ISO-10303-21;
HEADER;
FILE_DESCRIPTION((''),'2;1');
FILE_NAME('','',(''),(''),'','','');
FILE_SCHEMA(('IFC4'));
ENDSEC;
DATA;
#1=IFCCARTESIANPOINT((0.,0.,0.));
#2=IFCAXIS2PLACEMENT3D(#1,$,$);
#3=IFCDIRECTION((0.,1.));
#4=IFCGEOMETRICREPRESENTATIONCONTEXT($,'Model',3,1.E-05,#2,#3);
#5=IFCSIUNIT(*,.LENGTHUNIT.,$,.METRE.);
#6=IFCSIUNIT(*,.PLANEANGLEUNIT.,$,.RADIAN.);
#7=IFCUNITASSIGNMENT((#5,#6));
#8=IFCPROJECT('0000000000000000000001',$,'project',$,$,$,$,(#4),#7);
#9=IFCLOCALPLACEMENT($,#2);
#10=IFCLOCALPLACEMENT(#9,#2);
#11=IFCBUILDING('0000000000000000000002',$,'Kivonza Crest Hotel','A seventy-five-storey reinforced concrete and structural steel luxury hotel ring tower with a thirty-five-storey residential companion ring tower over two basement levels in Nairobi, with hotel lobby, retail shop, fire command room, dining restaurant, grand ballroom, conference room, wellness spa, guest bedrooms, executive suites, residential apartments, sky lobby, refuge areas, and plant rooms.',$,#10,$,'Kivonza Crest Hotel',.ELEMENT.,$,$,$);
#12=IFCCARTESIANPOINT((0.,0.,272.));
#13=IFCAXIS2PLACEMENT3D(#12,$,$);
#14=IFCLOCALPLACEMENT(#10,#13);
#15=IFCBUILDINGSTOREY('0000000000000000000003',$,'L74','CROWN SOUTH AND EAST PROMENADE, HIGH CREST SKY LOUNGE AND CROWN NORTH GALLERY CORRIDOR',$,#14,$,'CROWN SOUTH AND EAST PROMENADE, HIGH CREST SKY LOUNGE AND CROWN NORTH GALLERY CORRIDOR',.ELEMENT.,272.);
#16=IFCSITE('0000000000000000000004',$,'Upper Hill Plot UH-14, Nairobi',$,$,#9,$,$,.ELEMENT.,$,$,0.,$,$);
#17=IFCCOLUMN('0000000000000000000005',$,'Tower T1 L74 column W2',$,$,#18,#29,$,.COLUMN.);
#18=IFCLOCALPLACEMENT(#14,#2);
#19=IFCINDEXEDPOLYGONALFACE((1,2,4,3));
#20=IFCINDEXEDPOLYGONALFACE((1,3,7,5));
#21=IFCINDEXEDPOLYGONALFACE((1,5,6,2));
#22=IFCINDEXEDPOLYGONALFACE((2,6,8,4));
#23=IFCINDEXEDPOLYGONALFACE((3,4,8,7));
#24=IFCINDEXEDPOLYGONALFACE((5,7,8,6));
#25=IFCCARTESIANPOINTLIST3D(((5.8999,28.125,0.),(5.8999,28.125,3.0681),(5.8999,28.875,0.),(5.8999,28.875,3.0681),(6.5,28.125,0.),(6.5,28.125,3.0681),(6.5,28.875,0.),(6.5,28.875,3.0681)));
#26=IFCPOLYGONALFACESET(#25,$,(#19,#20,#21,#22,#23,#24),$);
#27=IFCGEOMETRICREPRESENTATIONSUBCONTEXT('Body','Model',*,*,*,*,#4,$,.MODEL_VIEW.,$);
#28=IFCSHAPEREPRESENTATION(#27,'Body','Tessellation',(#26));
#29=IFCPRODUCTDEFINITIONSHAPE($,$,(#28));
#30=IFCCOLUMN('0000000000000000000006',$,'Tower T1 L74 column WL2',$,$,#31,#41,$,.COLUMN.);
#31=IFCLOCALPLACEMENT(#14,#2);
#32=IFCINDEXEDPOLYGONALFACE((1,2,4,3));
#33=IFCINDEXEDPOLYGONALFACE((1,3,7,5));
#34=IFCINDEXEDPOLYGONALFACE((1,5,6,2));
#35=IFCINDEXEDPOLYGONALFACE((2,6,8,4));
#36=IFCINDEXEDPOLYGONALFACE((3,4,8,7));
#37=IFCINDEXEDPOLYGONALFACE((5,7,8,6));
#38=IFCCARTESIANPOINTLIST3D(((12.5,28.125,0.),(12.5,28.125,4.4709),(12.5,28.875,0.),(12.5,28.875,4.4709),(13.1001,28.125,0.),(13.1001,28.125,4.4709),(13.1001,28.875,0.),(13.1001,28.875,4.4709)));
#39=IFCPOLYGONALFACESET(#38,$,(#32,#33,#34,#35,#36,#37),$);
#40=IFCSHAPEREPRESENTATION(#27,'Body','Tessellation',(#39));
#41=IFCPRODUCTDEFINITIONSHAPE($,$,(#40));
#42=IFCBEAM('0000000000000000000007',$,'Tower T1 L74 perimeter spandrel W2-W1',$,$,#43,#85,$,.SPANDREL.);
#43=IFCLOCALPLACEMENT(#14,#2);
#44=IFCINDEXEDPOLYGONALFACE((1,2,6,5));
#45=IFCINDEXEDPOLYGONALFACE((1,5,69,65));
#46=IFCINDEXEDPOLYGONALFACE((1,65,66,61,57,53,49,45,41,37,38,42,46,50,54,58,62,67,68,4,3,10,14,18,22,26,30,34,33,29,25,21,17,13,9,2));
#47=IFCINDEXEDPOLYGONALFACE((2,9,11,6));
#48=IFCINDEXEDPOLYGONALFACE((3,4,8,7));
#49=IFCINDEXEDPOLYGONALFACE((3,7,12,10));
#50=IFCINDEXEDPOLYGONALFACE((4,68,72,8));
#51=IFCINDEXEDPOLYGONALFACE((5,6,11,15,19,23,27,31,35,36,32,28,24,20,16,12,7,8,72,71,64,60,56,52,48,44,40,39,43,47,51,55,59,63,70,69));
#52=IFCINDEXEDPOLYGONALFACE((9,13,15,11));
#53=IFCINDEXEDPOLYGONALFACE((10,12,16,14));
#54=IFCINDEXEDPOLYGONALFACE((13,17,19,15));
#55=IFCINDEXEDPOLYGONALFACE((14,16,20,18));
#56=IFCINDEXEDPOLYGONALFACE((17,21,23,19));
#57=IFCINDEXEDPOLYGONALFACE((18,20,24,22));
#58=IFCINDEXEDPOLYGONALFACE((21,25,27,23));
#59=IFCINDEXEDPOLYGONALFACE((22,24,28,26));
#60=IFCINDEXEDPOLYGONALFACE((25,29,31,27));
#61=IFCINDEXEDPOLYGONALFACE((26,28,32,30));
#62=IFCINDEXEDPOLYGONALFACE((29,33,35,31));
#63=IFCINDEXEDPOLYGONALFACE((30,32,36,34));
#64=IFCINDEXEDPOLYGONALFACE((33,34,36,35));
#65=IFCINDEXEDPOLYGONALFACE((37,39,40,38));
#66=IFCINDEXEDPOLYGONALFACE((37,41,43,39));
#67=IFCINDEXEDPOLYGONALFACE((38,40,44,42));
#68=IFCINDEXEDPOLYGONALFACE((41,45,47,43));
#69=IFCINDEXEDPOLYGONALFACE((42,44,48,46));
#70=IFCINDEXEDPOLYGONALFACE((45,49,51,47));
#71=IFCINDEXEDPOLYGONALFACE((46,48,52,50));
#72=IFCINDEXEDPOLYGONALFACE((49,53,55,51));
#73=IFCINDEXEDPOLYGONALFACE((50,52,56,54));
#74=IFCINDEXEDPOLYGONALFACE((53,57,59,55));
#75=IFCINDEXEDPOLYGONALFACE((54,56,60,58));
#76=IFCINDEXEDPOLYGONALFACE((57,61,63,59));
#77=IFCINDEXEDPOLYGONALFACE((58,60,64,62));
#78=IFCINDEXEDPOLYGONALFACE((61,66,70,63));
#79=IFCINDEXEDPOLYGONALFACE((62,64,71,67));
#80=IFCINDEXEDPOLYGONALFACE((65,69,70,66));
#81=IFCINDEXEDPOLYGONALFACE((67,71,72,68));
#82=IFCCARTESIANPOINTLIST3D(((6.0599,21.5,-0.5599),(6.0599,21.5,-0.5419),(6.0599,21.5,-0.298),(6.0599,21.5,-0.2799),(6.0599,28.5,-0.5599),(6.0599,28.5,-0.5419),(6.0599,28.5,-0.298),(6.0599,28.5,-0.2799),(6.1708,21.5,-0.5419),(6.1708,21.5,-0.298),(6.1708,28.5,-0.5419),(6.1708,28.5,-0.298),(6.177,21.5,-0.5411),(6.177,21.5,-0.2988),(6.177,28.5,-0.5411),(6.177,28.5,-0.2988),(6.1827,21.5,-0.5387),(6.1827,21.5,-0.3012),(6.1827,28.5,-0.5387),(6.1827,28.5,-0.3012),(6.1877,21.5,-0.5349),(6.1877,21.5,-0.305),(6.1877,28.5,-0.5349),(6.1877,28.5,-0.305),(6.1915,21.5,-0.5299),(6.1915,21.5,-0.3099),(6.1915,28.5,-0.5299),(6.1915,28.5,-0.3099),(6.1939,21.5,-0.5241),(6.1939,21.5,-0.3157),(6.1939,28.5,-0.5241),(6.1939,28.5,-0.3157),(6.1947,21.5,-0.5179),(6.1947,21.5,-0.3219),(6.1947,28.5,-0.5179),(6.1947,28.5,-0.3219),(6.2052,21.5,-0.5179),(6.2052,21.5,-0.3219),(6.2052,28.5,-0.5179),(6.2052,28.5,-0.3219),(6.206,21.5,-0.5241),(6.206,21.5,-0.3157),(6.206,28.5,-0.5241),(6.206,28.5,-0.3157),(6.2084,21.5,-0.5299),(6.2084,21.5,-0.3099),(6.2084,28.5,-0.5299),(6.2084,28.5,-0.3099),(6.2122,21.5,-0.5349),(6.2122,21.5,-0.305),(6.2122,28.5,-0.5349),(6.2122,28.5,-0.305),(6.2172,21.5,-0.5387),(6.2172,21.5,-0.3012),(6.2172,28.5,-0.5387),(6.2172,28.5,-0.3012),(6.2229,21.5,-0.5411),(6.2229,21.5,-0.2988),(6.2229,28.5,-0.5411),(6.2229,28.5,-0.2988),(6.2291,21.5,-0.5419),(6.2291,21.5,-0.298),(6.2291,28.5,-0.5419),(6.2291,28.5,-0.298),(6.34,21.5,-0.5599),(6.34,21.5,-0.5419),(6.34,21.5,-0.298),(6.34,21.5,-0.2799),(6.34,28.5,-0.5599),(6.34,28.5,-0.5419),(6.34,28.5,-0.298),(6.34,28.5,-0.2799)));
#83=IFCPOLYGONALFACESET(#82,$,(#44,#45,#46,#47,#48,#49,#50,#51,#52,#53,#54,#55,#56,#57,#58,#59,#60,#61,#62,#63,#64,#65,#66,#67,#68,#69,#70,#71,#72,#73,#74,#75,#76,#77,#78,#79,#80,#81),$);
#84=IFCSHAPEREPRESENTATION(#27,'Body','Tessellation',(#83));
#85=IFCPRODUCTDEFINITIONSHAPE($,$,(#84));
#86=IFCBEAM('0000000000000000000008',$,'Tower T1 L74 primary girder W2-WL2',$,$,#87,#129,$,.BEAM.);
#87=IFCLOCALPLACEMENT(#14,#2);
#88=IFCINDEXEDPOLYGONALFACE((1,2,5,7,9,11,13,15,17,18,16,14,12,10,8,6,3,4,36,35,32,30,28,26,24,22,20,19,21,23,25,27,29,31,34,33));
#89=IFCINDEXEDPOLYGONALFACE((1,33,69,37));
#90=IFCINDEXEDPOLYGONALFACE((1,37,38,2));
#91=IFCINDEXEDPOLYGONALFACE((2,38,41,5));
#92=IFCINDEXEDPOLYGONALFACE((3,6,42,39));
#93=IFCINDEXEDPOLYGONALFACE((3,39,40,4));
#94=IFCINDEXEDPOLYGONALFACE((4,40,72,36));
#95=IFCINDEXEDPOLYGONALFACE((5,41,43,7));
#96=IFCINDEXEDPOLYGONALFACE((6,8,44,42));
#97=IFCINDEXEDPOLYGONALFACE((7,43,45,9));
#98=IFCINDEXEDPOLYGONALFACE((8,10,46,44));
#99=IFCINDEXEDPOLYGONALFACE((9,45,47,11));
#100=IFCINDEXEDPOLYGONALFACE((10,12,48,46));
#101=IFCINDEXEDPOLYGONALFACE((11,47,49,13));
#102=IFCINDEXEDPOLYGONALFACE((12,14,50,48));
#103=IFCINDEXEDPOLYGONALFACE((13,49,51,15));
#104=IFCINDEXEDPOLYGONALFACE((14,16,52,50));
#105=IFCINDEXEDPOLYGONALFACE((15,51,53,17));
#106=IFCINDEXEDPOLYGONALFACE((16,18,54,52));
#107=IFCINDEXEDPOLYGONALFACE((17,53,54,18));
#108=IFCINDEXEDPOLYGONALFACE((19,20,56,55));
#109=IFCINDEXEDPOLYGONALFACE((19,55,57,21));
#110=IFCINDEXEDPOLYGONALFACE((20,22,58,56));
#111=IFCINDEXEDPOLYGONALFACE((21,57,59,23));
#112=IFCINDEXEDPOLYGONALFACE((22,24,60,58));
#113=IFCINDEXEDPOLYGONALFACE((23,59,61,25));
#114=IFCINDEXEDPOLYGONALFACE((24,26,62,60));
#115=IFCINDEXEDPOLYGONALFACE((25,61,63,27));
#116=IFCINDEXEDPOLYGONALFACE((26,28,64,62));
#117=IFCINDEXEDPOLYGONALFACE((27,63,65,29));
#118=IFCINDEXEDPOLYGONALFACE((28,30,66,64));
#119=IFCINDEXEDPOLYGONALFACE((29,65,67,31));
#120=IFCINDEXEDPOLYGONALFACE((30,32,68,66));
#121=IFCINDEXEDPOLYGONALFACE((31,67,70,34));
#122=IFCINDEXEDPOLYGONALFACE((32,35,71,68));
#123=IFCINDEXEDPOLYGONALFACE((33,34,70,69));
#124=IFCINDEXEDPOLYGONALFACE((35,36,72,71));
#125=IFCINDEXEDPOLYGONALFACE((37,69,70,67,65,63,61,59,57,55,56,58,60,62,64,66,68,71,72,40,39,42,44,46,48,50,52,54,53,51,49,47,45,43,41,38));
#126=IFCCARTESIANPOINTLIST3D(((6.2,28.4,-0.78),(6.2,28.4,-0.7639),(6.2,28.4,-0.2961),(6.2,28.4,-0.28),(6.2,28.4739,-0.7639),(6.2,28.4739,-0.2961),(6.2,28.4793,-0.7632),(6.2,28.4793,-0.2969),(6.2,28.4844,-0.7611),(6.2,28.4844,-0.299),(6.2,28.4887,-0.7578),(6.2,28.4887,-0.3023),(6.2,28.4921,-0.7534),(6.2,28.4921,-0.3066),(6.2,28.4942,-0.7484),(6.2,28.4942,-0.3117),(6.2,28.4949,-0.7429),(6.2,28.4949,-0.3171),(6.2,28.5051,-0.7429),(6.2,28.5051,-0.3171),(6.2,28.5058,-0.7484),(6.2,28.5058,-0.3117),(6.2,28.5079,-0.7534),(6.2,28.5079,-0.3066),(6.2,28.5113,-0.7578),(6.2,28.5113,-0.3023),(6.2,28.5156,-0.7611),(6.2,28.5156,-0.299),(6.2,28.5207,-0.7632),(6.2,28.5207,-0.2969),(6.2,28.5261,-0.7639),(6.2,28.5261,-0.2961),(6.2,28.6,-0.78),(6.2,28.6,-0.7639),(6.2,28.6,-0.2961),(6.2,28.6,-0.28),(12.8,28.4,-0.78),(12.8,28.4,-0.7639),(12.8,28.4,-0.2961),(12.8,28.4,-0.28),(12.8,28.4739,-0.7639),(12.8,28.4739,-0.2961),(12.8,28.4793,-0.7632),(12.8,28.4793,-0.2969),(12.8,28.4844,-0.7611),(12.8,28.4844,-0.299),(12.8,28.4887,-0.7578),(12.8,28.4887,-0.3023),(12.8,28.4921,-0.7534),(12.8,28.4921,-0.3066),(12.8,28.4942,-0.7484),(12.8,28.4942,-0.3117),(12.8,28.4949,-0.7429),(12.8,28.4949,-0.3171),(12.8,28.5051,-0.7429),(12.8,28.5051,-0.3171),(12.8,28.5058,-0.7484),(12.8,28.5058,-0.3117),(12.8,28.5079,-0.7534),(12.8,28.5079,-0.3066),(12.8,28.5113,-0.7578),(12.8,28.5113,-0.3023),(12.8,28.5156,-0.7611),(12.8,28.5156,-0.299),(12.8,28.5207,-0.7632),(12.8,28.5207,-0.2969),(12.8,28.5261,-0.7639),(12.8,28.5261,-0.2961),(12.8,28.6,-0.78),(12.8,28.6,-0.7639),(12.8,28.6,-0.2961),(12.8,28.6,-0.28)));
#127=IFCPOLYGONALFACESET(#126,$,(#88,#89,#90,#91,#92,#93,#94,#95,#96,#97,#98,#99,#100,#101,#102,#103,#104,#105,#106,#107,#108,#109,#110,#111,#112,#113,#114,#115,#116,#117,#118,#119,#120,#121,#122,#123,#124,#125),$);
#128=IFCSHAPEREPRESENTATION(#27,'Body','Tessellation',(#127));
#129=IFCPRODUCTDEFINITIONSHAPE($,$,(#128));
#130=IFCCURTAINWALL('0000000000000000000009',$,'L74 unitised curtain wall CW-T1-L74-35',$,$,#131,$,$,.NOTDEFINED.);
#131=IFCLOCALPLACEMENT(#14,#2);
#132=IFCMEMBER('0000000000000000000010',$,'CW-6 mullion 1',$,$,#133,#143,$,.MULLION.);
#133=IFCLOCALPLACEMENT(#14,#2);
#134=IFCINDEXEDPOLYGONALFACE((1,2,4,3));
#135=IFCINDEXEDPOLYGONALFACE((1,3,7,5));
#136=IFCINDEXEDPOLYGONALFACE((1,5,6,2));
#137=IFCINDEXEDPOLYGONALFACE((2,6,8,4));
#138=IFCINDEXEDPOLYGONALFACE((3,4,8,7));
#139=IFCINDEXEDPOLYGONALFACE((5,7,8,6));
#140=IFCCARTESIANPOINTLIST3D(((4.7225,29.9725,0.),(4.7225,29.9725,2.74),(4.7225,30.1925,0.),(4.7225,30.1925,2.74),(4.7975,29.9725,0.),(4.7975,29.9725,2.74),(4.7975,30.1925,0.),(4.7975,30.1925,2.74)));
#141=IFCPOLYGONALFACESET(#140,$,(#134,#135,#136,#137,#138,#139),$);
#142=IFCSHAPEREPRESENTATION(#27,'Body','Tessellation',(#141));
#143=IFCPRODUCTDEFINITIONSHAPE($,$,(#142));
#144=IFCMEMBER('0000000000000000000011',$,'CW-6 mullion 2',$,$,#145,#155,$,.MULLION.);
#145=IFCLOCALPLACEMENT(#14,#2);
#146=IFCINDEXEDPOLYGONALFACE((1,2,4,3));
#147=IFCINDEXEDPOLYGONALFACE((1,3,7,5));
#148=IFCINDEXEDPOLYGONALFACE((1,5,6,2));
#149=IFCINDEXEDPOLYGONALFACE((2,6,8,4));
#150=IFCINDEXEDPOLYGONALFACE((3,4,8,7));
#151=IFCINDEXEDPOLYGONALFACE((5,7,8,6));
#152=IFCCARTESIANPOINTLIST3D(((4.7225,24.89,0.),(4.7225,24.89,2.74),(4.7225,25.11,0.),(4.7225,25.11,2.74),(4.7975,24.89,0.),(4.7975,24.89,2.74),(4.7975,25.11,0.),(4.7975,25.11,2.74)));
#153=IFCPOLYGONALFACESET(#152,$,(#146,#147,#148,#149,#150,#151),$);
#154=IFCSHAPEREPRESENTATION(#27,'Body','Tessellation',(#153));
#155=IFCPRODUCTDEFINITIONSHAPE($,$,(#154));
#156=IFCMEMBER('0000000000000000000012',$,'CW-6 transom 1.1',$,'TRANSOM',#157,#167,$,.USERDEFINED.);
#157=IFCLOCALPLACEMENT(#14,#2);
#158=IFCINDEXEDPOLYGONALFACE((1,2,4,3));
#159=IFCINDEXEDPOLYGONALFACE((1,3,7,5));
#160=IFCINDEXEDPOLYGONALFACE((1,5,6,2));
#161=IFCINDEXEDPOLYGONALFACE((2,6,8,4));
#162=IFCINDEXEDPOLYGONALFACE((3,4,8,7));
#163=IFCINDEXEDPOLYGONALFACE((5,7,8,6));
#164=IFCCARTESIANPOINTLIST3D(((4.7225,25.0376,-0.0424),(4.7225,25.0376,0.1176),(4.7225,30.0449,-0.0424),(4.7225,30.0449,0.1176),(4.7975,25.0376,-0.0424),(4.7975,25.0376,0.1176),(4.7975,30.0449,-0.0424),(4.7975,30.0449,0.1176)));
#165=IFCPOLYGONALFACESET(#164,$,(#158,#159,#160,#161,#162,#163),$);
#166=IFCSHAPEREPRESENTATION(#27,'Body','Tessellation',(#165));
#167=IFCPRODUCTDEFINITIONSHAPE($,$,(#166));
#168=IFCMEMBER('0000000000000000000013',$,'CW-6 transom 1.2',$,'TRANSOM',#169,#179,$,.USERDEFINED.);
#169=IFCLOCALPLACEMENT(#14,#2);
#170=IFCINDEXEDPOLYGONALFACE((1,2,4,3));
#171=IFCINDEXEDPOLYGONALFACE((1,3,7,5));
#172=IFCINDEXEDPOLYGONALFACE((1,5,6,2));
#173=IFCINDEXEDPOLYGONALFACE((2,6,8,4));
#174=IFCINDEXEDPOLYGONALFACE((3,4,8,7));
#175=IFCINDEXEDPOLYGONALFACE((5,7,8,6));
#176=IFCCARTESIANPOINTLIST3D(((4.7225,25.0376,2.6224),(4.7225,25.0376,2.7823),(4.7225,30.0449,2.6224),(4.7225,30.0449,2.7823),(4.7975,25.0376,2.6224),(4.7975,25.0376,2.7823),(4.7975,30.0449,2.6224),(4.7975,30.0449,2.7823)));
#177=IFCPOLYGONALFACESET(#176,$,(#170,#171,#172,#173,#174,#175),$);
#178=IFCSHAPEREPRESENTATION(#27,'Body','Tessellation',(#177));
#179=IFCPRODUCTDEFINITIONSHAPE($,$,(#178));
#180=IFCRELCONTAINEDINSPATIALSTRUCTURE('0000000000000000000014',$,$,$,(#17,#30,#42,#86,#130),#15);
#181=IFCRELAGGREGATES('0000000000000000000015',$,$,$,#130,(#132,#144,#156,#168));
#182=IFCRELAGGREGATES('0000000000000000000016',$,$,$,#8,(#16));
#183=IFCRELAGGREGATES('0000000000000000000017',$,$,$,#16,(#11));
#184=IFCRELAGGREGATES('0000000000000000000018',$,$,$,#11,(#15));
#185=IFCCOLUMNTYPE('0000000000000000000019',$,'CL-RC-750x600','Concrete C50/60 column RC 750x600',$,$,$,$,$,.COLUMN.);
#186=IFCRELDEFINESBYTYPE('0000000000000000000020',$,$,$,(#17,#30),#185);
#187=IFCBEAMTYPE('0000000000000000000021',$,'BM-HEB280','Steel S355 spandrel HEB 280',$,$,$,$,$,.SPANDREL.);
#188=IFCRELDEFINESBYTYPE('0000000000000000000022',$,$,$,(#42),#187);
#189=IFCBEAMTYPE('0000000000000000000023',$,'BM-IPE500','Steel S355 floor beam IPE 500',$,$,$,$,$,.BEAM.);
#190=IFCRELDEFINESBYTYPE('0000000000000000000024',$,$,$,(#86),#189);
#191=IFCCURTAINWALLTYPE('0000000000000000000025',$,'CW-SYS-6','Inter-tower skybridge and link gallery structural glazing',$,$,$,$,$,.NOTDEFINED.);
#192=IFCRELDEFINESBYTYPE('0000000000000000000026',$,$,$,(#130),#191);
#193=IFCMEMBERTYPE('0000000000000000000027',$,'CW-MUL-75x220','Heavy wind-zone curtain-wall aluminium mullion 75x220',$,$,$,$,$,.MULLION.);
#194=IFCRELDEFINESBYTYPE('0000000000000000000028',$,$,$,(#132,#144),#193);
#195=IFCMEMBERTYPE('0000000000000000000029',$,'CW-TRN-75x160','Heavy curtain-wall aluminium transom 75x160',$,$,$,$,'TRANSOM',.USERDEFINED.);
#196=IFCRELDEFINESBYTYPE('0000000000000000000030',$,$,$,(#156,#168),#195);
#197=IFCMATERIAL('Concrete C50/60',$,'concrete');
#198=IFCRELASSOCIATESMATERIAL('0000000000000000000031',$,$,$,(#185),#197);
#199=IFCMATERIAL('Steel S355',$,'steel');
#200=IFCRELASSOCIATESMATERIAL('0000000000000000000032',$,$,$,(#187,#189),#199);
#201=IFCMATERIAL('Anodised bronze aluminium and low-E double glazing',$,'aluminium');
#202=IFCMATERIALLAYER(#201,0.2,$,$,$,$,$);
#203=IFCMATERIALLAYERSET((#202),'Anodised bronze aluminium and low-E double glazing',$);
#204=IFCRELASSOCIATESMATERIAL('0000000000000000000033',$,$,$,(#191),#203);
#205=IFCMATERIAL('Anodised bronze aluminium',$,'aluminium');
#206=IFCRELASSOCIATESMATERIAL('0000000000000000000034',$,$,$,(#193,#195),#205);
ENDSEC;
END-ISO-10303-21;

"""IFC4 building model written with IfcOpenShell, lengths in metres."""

from ifc_helpers import new_model, si_unit, direction, frame, origin, origin_2d, place, context, subcontext, project, spatial, rectangle, i_section, extrude, material, layer, layer_set, material_profile, profile_set, type_object, element, aggregate, save


model = new_model("IFC4")

# Units and contexts
model_context = context("Model", 3, precision=1e-05, world=origin(), true_north=direction((0.0, 1.0)))
body_context = subcontext(model_context, "Body", "Model", "MODEL_VIEW")
ifc_project = project(units=[si_unit("LENGTHUNIT", "METRE"), si_unit("PLANEANGLEUNIT", "RADIAN")], contexts=[model_context])

# Site, building, storey
site_placement = place(None, origin())
site = spatial("IfcSite", under=ifc_project, at=site_placement, Name="Upper Hill Plot UH-14, Nairobi", CompositionType="ELEMENT", RefElevation=0.0)
building_placement = place(site_placement, origin())
building = spatial("IfcBuilding", under=site, at=building_placement, Name="Kivonza Crest Hotel", Description="A seventy-five-storey reinforced concrete and structural steel luxury hotel ring tower with a thirty-five-storey residential companion ring tower over two basement levels in Nairobi, with hotel lobby, retail shop, fire command room, dining restaurant, grand ballroom, conference room, wellness spa, guest bedrooms, executive suites, residential apartments, sky lobby, refuge areas, and plant rooms.", LongName="Kivonza Crest Hotel", CompositionType="ELEMENT")
storey_placement = place(building_placement, frame((0.0, 0.0, 272.0)))
storey = spatial("IfcBuildingStorey", under=building, at=storey_placement, Name="L74", Description="CROWN SOUTH AND EAST PROMENADE, HIGH CREST SKY LOUNGE AND CROWN NORTH GALLERY CORRIDOR", LongName="CROWN SOUTH AND EAST PROMENADE, HIGH CREST SKY LOUNGE AND CROWN NORTH GALLERY CORRIDOR", CompositionType="ELEMENT", Elevation=272.0)

# Columns
ifc_material_1 = material(Name="Concrete C50/60", Category="concrete")
ifc_material_profile_1 = material_profile(ifc_material_1, rectangle(XDim=0.6001, YDim=0.75, at=origin_2d()), Name="RC 750x600")
ifc_profile_set_1 = profile_set([ifc_material_profile_1], Name="Concrete C50/60")
column_type = type_object("IfcColumnType", Name="CL-RC-750x600", Description="Concrete C50/60 column RC 750x600", PredefinedType="COLUMN", material=ifc_profile_set_1)
column_1_placement = place(storey_placement, frame((6.2, 28.5, 0.0), z_axis=(0.0, 0.0, 1.0), x_axis=(1.0, 0.0, 0.0)))
element("IfcColumn", 1, at=column_1_placement, inside=storey, type_object=column_type, Name="Tower T1 L74 column W2", PredefinedType="COLUMN", context=body_context, shape_type="SweptSolid", body=[
    extrude(rectangle(XDim=0.6001, YDim=0.75, at=origin_2d()), origin(), (0.0, 0.0, 1.0), 3.0681),
])
column_2_placement = place(storey_placement, frame((12.8, 28.5, 0.0), z_axis=(0.0, 0.0, 1.0), x_axis=(1.0, 0.0, 0.0)))
element("IfcColumn", 2, at=column_2_placement, inside=storey, type_object=column_type, Name="Tower T1 L74 column WL2", PredefinedType="COLUMN", context=body_context, shape_type="SweptSolid", body=[
    extrude(rectangle(XDim=0.6001, YDim=0.75, at=origin_2d()), origin(), (0.0, 0.0, 1.0), 4.4709),
])

# Beams
ifc_material_2 = material(Name="Steel S355", Category="steel")
ifc_material_profile_2 = material_profile(ifc_material_2, i_section(OverallWidth=0.28, OverallDepth=0.28, WebThickness=0.0105, FlangeThickness=0.0181, FilletRadius=0.0239, at=origin_2d()), Name="HEB 280")
ifc_profile_set_2 = profile_set([ifc_material_profile_2], Name="Steel S355")
beam_type_1 = type_object("IfcBeamType", Name="BM-HEB280", Description="Steel S355 spandrel HEB 280", PredefinedType="SPANDREL", material=ifc_profile_set_2)
beam_1_placement = place(storey_placement, frame((6.2, 28.5, -0.4199), z_axis=(0.0, -1.0, 0.0), x_axis=(1.0, 0.0, 0.0)))
element("IfcBeam", 3, at=beam_1_placement, inside=storey, type_object=beam_type_1, Name="Tower T1 L74 perimeter spandrel W2-W1", PredefinedType="SPANDREL", context=body_context, shape_type="SweptSolid", body=[
    extrude(i_section(OverallWidth=0.28, OverallDepth=0.28, WebThickness=0.0105, FlangeThickness=0.0181, FilletRadius=0.0239, at=origin_2d()), origin(), (0.0, 0.0, 1.0), 7.0),
])
ifc_material_profile_3 = material_profile(ifc_material_2, i_section(OverallWidth=0.2, OverallDepth=0.5, WebThickness=0.0103, FlangeThickness=0.0161, FilletRadius=0.021, at=origin_2d()), Name="IPE 500")
ifc_profile_set_3 = profile_set([ifc_material_profile_3], Name="Steel S355")
beam_type_2 = type_object("IfcBeamType", Name="BM-IPE500", Description="Steel S355 floor beam IPE 500", PredefinedType="BEAM", material=ifc_profile_set_3)
beam_2_placement = place(storey_placement, frame((6.2, 28.5, -0.53), z_axis=(1.0, 0.0, 0.0), x_axis=(0.0, 1.0, 0.0)))
element("IfcBeam", 4, at=beam_2_placement, inside=storey, type_object=beam_type_2, Name="Tower T1 L74 primary girder W2-WL2", PredefinedType="BEAM", context=body_context, shape_type="SweptSolid", body=[
    extrude(i_section(OverallWidth=0.2, OverallDepth=0.5, WebThickness=0.0103, FlangeThickness=0.0161, FilletRadius=0.021, at=origin_2d()), origin(), (0.0, 0.0, 1.0), 6.6001),
])

# Curtain wall, members
ifc_material_3 = material(Name="Anodised bronze aluminium and low-E double glazing", Category="aluminium")
ifc_layer_1 = layer(ifc_material_3, 0.2)
ifc_layer_set_1 = layer_set([ifc_layer_1], Name="Anodised bronze aluminium and low-E double glazing")
curtain_wall_type = type_object("IfcCurtainWallType", Name="CW-SYS-6", Description="Inter-tower skybridge and link gallery structural glazing", PredefinedType="NOTDEFINED", material=ifc_layer_set_1)
curtain_wall_placement = place(storey_placement, origin())
curtain_wall = element("IfcCurtainWall", 5, at=curtain_wall_placement, inside=storey, type_object=curtain_wall_type, Name="L74 unitised curtain wall CW-T1-L74-35", PredefinedType="NOTDEFINED")
ifc_material_4 = material(Name="Anodised bronze aluminium", Category="aluminium")
ifc_material_profile_4 = material_profile(ifc_material_4, rectangle(XDim=0.075, YDim=0.22, at=origin_2d()), Name="CW-M 75x220")
ifc_profile_set_4 = profile_set([ifc_material_profile_4], Name="Anodised bronze aluminium")
member_type_1 = type_object("IfcMemberType", Name="CW-MUL-75x220", Description="Heavy wind-zone curtain-wall aluminium mullion 75x220", PredefinedType="MULLION", material=ifc_profile_set_4)
member_1_placement = place(storey_placement, frame((4.76, 30.0825, 0.0), z_axis=(0.0, 0.0, 1.0), x_axis=(1.0, 0.0, 0.0)))
member_1 = element("IfcMember", 6, at=member_1_placement, type_object=member_type_1, Name="CW-6 mullion 1", PredefinedType="MULLION", context=body_context, shape_type="SweptSolid", body=[
    extrude(rectangle(XDim=0.075, YDim=0.22, at=origin_2d()), origin(), (0.0, 0.0, 1.0), 2.74),
])
member_2_placement = place(storey_placement, frame((4.76, 25.0, 0.0), z_axis=(0.0, 0.0, 1.0), x_axis=(1.0, 0.0, 0.0)))
member_2 = element("IfcMember", 7, at=member_2_placement, type_object=member_type_1, Name="CW-6 mullion 2", PredefinedType="MULLION", context=body_context, shape_type="SweptSolid", body=[
    extrude(rectangle(XDim=0.075, YDim=0.22, at=origin_2d()), origin(), (0.0, 0.0, 1.0), 2.74),
])
ifc_material_profile_5 = material_profile(ifc_material_4, rectangle(XDim=0.075, YDim=0.1599, at=origin_2d()), Name="CW-T 75x160")
ifc_profile_set_5 = profile_set([ifc_material_profile_5], Name="Anodised bronze aluminium")
member_type_2 = type_object("IfcMemberType", Name="CW-TRN-75x160", Description="Heavy curtain-wall aluminium transom 75x160", ElementType="TRANSOM", PredefinedType="USERDEFINED", material=ifc_profile_set_5)
member_3_placement = place(storey_placement, frame((4.76, 30.0449, 0.0376), z_axis=(0.0, -1.0, 0.0), x_axis=(1.0, 0.0, 0.0)))
member_3 = element("IfcMember", 8, at=member_3_placement, type_object=member_type_2, Name="CW-6 transom 1.1", ObjectType="TRANSOM", PredefinedType="USERDEFINED", context=body_context, shape_type="SweptSolid", body=[
    extrude(rectangle(XDim=0.075, YDim=0.1599, at=origin_2d()), origin(), (0.0, 0.0, 1.0), 5.0073),
])
member_4_placement = place(storey_placement, frame((4.76, 30.0449, 2.7024), z_axis=(0.0, -1.0, 0.0), x_axis=(1.0, 0.0, 0.0)))
member_4 = element("IfcMember", 9, at=member_4_placement, type_object=member_type_2, Name="CW-6 transom 1.2", ObjectType="TRANSOM", PredefinedType="USERDEFINED", context=body_context, shape_type="SweptSolid", body=[
    extrude(rectangle(XDim=0.075, YDim=0.1599, at=origin_2d()), origin(), (0.0, 0.0, 1.0), 5.0073),
])
aggregate(curtain_wall, [member_1, member_2, member_3, member_4])

save(model, "model.ifc")
